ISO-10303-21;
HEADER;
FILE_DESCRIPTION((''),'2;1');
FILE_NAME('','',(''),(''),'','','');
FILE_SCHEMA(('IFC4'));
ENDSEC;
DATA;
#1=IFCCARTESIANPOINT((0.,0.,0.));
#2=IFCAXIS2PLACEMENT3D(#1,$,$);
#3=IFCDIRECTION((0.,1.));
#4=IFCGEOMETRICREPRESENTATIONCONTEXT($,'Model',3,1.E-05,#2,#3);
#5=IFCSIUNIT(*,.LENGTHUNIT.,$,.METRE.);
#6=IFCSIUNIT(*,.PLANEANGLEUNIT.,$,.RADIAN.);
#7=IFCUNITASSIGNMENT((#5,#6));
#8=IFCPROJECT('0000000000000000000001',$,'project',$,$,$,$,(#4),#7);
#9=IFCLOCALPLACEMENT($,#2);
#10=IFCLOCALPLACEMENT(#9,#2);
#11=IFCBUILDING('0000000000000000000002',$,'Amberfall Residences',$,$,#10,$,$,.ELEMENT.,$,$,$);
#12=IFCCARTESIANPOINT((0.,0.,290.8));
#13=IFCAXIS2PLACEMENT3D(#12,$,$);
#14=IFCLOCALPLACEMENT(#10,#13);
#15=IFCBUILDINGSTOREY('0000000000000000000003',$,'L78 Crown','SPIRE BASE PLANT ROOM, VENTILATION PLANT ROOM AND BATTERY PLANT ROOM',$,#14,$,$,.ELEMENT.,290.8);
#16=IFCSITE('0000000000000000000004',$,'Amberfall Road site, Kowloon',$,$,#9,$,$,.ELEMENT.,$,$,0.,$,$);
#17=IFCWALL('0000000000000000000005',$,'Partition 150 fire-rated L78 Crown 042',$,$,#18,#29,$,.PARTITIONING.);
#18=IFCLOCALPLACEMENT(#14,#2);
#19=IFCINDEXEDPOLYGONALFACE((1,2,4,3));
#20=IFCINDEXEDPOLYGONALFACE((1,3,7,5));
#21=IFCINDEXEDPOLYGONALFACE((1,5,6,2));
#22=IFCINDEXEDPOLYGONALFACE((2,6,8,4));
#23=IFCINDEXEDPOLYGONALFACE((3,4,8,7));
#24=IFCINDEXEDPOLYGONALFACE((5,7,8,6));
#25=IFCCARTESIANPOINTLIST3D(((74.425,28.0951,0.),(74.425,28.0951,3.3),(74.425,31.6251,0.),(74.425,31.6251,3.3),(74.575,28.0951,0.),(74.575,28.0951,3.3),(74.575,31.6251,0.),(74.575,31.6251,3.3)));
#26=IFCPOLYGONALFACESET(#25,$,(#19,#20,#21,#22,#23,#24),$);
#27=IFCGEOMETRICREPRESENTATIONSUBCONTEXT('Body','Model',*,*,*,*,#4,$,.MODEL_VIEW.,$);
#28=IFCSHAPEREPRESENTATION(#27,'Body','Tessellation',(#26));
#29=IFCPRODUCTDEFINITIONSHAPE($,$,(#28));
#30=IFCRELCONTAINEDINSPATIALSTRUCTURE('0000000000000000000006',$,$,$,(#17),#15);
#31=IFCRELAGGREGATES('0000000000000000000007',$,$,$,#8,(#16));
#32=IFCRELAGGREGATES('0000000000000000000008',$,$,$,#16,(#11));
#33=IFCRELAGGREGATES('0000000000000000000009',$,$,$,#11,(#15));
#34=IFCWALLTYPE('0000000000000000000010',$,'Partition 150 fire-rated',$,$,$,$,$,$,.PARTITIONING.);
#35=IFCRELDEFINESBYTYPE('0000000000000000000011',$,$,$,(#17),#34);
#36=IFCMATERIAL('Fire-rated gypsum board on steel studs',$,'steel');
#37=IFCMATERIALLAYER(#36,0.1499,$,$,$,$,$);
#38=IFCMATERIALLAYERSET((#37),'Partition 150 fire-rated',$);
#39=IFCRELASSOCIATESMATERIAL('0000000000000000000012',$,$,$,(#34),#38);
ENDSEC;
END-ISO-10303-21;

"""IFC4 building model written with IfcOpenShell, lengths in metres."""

from ifc_helpers import new_model, si_unit, direction, frame, frame_2d, origin, place, context, subcontext, project, spatial, rectangle, extrude, material, layer, layer_set, type_object, element, save


model = new_model("IFC4")

# Units and contexts
model_context = context("Model", 3, precision=1e-05, world=origin(), true_north=direction((0.0, 1.0)))
body_context = subcontext(model_context, "Body", "Model", "MODEL_VIEW")
ifc_project = project(units=[si_unit("LENGTHUNIT", "METRE"), si_unit("PLANEANGLEUNIT", "RADIAN")], contexts=[model_context])

# Site, building, storey
site_placement = place(None, origin())
site = spatial("IfcSite", under=ifc_project, at=site_placement, Name="Amberfall Road site, Kowloon", CompositionType="ELEMENT", RefElevation=0.0)
building_placement = place(site_placement, origin())
building = spatial("IfcBuilding", under=site, at=building_placement, Name="Amberfall Residences", CompositionType="ELEMENT")
storey_placement = place(building_placement, frame((0.0, 0.0, 290.8)))
storey = spatial("IfcBuildingStorey", under=building, at=storey_placement, Name="L78 Crown", Description="SPIRE BASE PLANT ROOM, VENTILATION PLANT ROOM AND BATTERY PLANT ROOM", CompositionType="ELEMENT", Elevation=290.8)

# Shared definitions
ifc_material_1 = material(Name="Fire-rated gypsum board on steel studs", Category="steel")
ifc_layer_1 = layer(ifc_material_1, 0.1499)
ifc_layer_set_1 = layer_set([ifc_layer_1], Name="Partition 150 fire-rated")
wall_type_1 = type_object("IfcWallType", Name="Partition 150 fire-rated", PredefinedType="PARTITIONING", material=ifc_layer_set_1)

# Wall
wall_1_placement = place(storey_placement, frame((74.5, 28.095, 0.0), z_axis=(0.0, 0.0, 1.0), x_axis=(0.0, 1.0, 0.0)))
element("IfcWall", 1, at=wall_1_placement, inside=storey, type_object=wall_type_1, Name="Partition 150 fire-rated L78 Crown 042", PredefinedType="PARTITIONING", context=body_context, shape_type="SweptSolid", body=[
    extrude(rectangle(XDim=3.53, YDim=0.1499, at=frame_2d((1.7651, 0.0))), origin(), (0.0, 0.0, 1.0), 3.3),
])

save(model, "model.ifc")
